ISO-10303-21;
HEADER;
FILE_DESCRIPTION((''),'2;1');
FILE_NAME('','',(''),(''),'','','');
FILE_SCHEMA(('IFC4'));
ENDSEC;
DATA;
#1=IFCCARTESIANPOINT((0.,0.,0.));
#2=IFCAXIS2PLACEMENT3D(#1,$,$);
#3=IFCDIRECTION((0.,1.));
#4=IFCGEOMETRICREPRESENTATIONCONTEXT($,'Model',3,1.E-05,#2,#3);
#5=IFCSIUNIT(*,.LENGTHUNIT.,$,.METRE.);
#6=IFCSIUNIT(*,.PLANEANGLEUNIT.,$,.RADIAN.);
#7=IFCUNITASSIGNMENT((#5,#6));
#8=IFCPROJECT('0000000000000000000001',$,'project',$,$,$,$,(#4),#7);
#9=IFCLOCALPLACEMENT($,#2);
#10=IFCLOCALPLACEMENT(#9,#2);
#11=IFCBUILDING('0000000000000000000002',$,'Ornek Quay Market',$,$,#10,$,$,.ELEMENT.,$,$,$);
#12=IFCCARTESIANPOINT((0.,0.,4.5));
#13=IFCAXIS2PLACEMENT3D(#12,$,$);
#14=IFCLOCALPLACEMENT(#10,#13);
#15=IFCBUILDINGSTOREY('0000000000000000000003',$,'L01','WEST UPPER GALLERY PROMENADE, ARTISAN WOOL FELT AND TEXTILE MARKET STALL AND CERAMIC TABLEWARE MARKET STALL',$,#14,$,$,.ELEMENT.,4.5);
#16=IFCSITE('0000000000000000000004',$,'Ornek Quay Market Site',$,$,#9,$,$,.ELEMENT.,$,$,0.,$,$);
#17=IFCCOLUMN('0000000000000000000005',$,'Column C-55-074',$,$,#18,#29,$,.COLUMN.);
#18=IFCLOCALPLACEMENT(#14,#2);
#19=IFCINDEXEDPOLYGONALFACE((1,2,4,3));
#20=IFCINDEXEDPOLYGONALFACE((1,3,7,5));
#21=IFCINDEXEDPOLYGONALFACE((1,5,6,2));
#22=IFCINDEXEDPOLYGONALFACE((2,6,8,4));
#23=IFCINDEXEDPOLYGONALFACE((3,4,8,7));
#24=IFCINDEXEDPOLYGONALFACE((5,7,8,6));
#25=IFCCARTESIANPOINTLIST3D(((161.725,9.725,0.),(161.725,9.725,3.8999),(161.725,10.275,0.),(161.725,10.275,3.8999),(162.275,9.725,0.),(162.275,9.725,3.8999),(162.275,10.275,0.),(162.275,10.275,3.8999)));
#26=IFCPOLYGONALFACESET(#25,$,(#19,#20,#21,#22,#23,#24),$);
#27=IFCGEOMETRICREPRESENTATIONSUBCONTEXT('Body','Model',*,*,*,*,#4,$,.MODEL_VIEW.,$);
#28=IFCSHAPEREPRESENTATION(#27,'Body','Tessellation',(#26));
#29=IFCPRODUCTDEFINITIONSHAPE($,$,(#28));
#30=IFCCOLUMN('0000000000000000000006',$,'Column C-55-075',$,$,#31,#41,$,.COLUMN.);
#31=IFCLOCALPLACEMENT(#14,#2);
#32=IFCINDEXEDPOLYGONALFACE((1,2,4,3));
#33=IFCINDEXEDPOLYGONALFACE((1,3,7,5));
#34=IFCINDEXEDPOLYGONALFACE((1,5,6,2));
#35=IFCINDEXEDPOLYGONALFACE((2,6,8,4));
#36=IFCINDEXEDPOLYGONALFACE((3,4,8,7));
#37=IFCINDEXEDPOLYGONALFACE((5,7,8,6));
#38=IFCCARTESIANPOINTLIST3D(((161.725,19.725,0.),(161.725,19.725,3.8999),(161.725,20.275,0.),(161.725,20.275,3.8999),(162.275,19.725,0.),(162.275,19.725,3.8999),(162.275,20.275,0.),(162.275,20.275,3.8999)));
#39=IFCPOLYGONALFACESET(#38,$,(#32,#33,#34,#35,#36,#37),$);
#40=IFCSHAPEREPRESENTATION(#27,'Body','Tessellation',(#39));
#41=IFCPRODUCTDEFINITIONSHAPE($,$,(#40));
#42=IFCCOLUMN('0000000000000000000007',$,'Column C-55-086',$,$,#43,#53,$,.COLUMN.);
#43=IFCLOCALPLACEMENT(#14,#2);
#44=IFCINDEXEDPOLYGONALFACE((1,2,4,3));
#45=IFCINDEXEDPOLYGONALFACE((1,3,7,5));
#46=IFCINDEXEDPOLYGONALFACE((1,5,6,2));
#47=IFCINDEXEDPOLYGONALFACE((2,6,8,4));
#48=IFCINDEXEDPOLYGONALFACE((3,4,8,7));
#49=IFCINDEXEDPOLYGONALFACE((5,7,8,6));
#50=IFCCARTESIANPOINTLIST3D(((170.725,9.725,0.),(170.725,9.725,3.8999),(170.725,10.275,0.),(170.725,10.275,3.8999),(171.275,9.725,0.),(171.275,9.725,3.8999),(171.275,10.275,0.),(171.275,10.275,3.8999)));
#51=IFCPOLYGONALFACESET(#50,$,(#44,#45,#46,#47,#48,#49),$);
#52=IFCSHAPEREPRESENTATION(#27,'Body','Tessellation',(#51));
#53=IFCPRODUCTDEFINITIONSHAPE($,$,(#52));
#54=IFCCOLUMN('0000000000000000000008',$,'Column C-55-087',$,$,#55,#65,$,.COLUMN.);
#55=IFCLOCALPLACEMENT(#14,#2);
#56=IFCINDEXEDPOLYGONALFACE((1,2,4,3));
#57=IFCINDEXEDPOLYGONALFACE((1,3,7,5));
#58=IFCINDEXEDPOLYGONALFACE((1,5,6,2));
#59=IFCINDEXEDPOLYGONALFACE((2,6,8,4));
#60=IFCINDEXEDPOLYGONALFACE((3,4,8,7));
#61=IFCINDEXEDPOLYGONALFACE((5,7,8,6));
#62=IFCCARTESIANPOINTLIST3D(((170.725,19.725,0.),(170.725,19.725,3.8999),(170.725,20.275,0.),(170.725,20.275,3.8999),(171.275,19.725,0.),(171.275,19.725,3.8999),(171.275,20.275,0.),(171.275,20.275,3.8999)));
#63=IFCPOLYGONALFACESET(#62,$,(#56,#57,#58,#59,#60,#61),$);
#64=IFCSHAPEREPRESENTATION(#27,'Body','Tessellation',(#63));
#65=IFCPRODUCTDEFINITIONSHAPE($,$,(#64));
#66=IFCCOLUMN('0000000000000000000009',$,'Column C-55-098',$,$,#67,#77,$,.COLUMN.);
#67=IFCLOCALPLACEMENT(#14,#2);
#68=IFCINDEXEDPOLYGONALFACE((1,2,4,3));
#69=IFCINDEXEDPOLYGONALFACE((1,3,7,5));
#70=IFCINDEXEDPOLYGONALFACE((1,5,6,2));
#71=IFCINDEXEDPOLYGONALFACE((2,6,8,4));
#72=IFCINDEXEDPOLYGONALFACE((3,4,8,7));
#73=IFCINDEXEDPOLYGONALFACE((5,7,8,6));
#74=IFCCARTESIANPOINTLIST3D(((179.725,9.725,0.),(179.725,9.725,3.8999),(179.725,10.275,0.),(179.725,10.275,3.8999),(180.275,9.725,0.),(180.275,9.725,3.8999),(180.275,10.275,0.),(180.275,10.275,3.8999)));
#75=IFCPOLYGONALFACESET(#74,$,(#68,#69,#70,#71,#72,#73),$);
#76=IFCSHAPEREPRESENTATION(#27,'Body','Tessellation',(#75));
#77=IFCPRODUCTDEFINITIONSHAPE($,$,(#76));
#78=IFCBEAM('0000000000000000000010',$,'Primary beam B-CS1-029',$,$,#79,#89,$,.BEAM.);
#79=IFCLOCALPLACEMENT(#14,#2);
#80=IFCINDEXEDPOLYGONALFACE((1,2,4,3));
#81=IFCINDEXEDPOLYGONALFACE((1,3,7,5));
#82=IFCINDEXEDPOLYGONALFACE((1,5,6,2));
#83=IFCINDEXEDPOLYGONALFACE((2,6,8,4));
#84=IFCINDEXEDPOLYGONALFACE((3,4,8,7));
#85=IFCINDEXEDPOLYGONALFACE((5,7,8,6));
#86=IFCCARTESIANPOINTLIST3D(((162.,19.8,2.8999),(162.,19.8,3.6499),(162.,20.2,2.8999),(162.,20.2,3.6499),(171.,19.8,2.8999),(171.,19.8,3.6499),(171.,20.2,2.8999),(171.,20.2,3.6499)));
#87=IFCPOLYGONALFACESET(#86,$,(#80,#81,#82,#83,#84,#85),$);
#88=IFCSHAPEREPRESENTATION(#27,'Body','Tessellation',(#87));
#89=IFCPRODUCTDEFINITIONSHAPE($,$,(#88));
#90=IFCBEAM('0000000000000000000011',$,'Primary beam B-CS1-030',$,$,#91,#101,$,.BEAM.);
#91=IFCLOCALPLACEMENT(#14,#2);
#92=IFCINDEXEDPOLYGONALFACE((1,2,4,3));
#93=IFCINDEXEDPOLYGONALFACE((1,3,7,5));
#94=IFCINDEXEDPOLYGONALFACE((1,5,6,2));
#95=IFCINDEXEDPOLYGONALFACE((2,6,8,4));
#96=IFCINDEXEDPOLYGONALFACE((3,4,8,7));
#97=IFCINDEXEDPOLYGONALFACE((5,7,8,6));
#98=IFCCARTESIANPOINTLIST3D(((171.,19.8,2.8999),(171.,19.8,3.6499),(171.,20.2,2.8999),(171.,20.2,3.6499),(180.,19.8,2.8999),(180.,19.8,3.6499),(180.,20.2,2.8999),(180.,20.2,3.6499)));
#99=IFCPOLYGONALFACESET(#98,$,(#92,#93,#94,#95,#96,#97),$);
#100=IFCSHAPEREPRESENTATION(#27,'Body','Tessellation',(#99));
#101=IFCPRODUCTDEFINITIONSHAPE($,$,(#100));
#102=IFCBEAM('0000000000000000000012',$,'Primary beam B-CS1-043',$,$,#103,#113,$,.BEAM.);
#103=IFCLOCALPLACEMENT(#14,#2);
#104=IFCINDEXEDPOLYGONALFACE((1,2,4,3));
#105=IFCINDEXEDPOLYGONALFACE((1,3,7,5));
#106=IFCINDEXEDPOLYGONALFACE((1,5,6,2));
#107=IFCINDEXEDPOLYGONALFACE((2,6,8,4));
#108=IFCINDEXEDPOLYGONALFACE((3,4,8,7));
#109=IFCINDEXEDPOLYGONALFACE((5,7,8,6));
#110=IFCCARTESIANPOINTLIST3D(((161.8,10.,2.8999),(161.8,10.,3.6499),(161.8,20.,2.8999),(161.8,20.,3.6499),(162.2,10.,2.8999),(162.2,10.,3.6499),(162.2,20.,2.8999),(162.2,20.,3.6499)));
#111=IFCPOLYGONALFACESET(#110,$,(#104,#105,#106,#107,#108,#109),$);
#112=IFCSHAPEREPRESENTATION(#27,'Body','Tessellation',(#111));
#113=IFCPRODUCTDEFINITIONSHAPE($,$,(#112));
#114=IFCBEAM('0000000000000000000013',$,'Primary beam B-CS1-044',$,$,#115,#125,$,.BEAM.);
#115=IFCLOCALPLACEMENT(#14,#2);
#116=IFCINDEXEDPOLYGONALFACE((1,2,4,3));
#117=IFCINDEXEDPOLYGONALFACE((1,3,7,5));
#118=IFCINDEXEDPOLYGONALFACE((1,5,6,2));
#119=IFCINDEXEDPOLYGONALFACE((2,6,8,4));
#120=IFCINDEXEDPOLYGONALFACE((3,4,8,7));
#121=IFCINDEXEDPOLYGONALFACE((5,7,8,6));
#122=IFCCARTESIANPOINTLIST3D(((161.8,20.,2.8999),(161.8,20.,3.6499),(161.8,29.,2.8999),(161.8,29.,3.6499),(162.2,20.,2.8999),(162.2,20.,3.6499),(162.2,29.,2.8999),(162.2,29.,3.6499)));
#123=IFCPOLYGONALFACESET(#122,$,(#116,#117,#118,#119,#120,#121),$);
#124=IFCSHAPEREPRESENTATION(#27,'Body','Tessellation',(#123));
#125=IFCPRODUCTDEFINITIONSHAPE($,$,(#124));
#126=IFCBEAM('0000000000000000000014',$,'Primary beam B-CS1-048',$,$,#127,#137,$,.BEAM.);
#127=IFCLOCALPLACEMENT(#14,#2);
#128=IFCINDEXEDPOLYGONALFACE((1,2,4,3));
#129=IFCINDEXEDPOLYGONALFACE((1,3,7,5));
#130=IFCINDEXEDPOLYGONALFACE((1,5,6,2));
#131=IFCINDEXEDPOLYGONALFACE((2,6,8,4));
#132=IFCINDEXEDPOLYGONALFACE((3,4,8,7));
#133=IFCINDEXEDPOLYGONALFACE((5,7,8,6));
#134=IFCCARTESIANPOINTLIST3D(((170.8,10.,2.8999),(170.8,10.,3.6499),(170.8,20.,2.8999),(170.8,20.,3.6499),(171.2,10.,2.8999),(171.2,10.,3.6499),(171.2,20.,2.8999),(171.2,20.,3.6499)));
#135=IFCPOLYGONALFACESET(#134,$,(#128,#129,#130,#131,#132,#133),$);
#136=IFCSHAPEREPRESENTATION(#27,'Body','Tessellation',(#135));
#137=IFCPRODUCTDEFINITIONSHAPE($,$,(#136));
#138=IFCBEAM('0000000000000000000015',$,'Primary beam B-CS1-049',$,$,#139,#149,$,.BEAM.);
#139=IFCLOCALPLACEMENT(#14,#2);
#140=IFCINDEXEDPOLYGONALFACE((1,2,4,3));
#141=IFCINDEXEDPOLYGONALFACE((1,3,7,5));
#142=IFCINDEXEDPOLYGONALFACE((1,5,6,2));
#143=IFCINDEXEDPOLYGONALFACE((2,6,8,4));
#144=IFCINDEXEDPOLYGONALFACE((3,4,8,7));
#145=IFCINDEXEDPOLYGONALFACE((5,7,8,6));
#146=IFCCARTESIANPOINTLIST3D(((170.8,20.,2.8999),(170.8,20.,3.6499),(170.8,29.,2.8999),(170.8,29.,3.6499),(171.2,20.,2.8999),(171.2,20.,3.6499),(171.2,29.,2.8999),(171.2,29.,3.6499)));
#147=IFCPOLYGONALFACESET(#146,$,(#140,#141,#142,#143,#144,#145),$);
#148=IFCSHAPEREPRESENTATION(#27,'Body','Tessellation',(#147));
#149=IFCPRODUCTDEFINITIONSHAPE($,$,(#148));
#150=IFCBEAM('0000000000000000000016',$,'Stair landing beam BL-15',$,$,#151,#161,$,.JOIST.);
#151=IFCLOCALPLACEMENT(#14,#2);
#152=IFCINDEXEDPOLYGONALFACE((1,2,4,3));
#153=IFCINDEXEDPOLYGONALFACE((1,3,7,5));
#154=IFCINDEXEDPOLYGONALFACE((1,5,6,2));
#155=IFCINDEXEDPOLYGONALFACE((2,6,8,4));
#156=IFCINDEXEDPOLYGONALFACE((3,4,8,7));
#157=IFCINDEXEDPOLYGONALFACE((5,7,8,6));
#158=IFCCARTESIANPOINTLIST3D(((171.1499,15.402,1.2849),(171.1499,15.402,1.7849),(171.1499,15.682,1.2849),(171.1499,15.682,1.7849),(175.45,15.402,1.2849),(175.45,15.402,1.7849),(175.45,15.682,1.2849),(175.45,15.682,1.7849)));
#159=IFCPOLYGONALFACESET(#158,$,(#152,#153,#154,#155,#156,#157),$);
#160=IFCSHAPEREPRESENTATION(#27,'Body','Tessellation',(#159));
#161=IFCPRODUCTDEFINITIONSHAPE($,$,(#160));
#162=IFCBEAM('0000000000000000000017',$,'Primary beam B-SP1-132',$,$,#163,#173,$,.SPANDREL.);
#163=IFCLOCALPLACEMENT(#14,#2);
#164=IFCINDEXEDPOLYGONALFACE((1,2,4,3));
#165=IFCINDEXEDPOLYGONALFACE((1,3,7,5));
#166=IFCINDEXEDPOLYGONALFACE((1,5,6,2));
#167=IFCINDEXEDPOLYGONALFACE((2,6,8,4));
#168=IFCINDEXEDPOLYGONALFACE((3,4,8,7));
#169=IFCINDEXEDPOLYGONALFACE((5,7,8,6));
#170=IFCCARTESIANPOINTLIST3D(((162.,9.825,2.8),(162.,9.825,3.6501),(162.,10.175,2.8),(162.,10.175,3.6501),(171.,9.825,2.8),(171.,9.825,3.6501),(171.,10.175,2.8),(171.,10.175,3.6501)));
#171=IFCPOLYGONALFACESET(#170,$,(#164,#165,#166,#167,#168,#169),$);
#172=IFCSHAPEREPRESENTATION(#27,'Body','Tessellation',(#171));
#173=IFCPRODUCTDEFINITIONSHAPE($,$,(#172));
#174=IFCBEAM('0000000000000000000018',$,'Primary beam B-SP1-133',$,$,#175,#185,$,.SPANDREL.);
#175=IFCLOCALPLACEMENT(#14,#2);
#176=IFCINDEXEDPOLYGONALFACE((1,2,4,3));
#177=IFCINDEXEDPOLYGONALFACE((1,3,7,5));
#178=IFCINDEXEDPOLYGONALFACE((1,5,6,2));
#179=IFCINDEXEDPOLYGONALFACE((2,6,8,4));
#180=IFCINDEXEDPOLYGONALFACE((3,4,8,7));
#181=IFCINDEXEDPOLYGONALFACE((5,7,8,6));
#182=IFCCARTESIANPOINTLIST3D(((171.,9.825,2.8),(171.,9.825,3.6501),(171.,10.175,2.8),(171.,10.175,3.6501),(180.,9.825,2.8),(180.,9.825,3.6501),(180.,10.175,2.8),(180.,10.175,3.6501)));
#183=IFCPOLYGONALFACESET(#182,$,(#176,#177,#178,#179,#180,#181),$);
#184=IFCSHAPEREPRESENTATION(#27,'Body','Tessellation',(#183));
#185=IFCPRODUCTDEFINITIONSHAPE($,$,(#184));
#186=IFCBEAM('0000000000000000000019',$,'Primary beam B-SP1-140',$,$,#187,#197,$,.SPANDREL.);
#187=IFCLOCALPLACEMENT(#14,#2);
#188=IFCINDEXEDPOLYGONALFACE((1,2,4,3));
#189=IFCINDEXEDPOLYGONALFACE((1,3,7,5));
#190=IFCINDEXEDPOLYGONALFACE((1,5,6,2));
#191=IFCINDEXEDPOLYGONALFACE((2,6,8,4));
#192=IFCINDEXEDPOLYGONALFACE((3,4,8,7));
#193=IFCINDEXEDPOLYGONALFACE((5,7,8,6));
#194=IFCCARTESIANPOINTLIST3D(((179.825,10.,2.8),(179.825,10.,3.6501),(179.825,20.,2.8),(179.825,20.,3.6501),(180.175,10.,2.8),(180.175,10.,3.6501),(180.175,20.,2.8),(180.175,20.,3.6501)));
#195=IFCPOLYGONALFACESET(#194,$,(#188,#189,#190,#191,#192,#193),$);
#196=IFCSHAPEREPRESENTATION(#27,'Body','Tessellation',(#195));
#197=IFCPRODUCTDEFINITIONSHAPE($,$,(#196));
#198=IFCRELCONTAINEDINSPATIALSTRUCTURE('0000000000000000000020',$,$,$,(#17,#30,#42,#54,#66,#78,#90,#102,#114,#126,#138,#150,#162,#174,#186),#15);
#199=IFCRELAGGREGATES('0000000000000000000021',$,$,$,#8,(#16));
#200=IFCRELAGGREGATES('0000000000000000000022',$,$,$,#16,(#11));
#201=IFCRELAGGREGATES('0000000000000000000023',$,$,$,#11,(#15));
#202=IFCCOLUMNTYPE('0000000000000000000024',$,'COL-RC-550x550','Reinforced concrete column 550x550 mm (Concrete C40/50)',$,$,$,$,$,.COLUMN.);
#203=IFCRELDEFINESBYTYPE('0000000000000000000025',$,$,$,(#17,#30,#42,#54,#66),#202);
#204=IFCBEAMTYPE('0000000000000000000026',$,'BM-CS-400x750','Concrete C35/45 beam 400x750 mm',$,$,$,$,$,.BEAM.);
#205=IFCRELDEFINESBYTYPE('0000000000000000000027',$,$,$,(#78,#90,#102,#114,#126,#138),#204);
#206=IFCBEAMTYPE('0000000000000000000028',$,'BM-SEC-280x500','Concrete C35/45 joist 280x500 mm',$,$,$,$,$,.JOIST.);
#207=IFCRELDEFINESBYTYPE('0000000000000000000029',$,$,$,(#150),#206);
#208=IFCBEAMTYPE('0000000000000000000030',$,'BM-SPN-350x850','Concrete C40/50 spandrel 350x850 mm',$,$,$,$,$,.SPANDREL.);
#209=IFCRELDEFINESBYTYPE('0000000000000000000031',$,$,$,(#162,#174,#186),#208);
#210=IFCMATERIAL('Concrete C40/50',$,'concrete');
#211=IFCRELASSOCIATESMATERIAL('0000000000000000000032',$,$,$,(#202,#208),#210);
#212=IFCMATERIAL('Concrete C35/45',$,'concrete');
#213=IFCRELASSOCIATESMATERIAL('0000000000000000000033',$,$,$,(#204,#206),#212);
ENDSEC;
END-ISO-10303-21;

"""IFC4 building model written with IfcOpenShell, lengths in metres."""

from ifc_helpers import new_model, si_unit, direction, frame, origin, origin_2d, place, context, subcontext, project, spatial, rectangle, extrude, material, material_profile, profile_set, type_object, element, save


model = new_model("IFC4")

# Units and contexts
model_context = context("Model", 3, precision=1e-05, world=origin(), true_north=direction((0.0, 1.0)))
body_context = subcontext(model_context, "Body", "Model", "MODEL_VIEW")
ifc_project = project(units=[si_unit("LENGTHUNIT", "METRE"), si_unit("PLANEANGLEUNIT", "RADIAN")], contexts=[model_context])

# Site, building, storey
site_placement = place(None, origin())
site = spatial("IfcSite", under=ifc_project, at=site_placement, Name="Ornek Quay Market Site", CompositionType="ELEMENT", RefElevation=0.0)
building_placement = place(site_placement, origin())
building = spatial("IfcBuilding", under=site, at=building_placement, Name="Ornek Quay Market", CompositionType="ELEMENT")
storey_placement = place(building_placement, frame((0.0, 0.0, 4.5)))
storey = spatial("IfcBuildingStorey", under=building, at=storey_placement, Name="L01", Description="WEST UPPER GALLERY PROMENADE, ARTISAN WOOL FELT AND TEXTILE MARKET STALL AND CERAMIC TABLEWARE MARKET STALL", CompositionType="ELEMENT", Elevation=4.5)

# Columns
ifc_material_1 = material(Name="Concrete C40/50", Category="concrete")
ifc_material_profile_1 = material_profile(ifc_material_1, rectangle(XDim=0.55, YDim=0.55, at=origin_2d()), Name="RC 550x550", Category="concrete")
ifc_profile_set_1 = profile_set([ifc_material_profile_1], Name="Concrete C40/50")
column_type = type_object("IfcColumnType", Name="COL-RC-550x550", Description="Reinforced concrete column 550x550 mm (Concrete C40/50)", PredefinedType="COLUMN", material=ifc_profile_set_1)
for number, where, z_axis, x_axis, name in (
    (1, (162.0, 10.0, 0.0), (0.0, 0.0, 1.0), (1.0, 0.0, 0.0), "Column C-55-074"),
    (2, (162.0, 20.0, 0.0), (0.0, 0.0, 1.0), (1.0, 0.0, 0.0), "Column C-55-075"),
    (3, (171.0, 10.0, 0.0), (0.0, 0.0, 1.0), (1.0, 0.0, 0.0), "Column C-55-086"),
    (4, (171.0, 20.0, 0.0), (0.0, 0.0, 1.0), (1.0, 0.0, 0.0), "Column C-55-087"),
    (5, (180.0, 10.0, 0.0), (0.0, 0.0, 1.0), (1.0, 0.0, 0.0), "Column C-55-098"),
):
    element("IfcColumn", number, at=place(storey_placement, frame(where, z_axis=z_axis, x_axis=x_axis)), inside=storey, type_object=column_type, Name=name, PredefinedType="COLUMN", context=body_context, shape_type="SweptSolid", body=[
        extrude(rectangle(XDim=0.55, YDim=0.55, at=origin_2d()), origin(), (0.0, 0.0, 1.0), 3.8999),
    ])

# Beams
ifc_material_2 = material(Name="Concrete C35/45", Category="concrete")
ifc_material_profile_2 = material_profile(ifc_material_2, rectangle(XDim=0.3999, YDim=0.75, at=origin_2d()), Name="RC 400x750", Category="concrete")
ifc_profile_set_2 = profile_set([ifc_material_profile_2], Name="Concrete C35/45")
beam_type_1 = type_object("IfcBeamType", Name="BM-CS-400x750", Description="Concrete C35/45 beam 400x750 mm", PredefinedType="BEAM", material=ifc_profile_set_2)
for number, where, z_axis, x_axis, name in (
    (6, (162.0, 20.0, 3.2749), (1.0, 0.0, 0.0), (0.0, 1.0, 0.0), "Primary beam B-CS1-029"),
    (7, (171.0, 20.0, 3.2749), (1.0, 0.0, 0.0), (0.0, 1.0, 0.0), "Primary beam B-CS1-030"),
):
    element("IfcBeam", number, at=place(storey_placement, frame(where, z_axis=z_axis, x_axis=x_axis)), inside=storey, type_object=beam_type_1, Name=name, PredefinedType="BEAM", context=body_context, shape_type="SweptSolid", body=[
        extrude(rectangle(XDim=0.3999, YDim=0.75, at=origin_2d()), origin(), (0.0, 0.0, 1.0), 9.0),
    ])
beam_1_placement = place(storey_placement, frame((162.0, 10.0, 3.2749), z_axis=(0.0, 1.0, 0.0), x_axis=(-1.0, 0.0, 0.0)))
element("IfcBeam", 8, at=beam_1_placement, inside=storey, type_object=beam_type_1, Name="Primary beam B-CS1-043", PredefinedType="BEAM", context=body_context, shape_type="SweptSolid", body=[
    extrude(rectangle(XDim=0.3999, YDim=0.75, at=origin_2d()), origin(), (0.0, 0.0, 1.0), 10.0),
])
beam_2_placement = place(storey_placement, frame((162.0, 20.0, 3.2749), z_axis=(0.0, 1.0, 0.0), x_axis=(-1.0, 0.0, 0.0)))
element("IfcBeam", 9, at=beam_2_placement, inside=storey, type_object=beam_type_1, Name="Primary beam B-CS1-044", PredefinedType="BEAM", context=body_context, shape_type="SweptSolid", body=[
    extrude(rectangle(XDim=0.3999, YDim=0.75, at=origin_2d()), origin(), (0.0, 0.0, 1.0), 9.0),
])
beam_3_placement = place(storey_placement, frame((171.0, 10.0, 3.2749), z_axis=(0.0, 1.0, 0.0), x_axis=(-1.0, 0.0, 0.0)))
element("IfcBeam", 10, at=beam_3_placement, inside=storey, type_object=beam_type_1, Name="Primary beam B-CS1-048", PredefinedType="BEAM", context=body_context, shape_type="SweptSolid", body=[
    extrude(rectangle(XDim=0.3999, YDim=0.75, at=origin_2d()), origin(), (0.0, 0.0, 1.0), 10.0),
])
beam_4_placement = place(storey_placement, frame((171.0, 20.0, 3.2749), z_axis=(0.0, 1.0, 0.0), x_axis=(-1.0, 0.0, 0.0)))
element("IfcBeam", 11, at=beam_4_placement, inside=storey, type_object=beam_type_1, Name="Primary beam B-CS1-049", PredefinedType="BEAM", context=body_context, shape_type="SweptSolid", body=[
    extrude(rectangle(XDim=0.3999, YDim=0.75, at=origin_2d()), origin(), (0.0, 0.0, 1.0), 9.0),
])
ifc_material_profile_3 = material_profile(ifc_material_2, rectangle(XDim=0.28, YDim=0.5, at=origin_2d()), Name="RC 280x500", Category="concrete")
ifc_profile_set_3 = profile_set([ifc_material_profile_3], Name="Concrete C35/45")
beam_type_2 = type_object("IfcBeamType", Name="BM-SEC-280x500", Description="Concrete C35/45 joist 280x500 mm", PredefinedType="JOIST", material=ifc_profile_set_3)
beam_5_placement = place(storey_placement, frame((171.1499, 15.542, 1.5349), z_axis=(1.0, 0.0, 0.0), x_axis=(0.0, 1.0, 0.0)))
element("IfcBeam", 12, at=beam_5_placement, inside=storey, type_object=beam_type_2, Name="Stair landing beam BL-15", PredefinedType="JOIST", context=body_context, shape_type="SweptSolid", body=[
    extrude(rectangle(XDim=0.28, YDim=0.5, at=origin_2d()), origin(), (0.0, 0.0, 1.0), 4.3),
])
ifc_material_profile_4 = material_profile(ifc_material_1, rectangle(XDim=0.3501, YDim=0.8501, at=origin_2d()), Name="RC 350x850", Category="concrete")
ifc_profile_set_4 = profile_set([ifc_material_profile_4], Name="Concrete C40/50")
beam_type_3 = type_object("IfcBeamType", Name="BM-SPN-350x850", Description="Concrete C40/50 spandrel 350x850 mm", PredefinedType="SPANDREL", material=ifc_profile_set_4)
for number, where, z_axis, x_axis, name in (
    (13, (162.0, 10.0, 3.2251), (1.0, 0.0, 0.0), (0.0, 1.0, 0.0), "Primary beam B-SP1-132"),
    (14, (171.0, 10.0, 3.2251), (1.0, 0.0, 0.0), (0.0, 1.0, 0.0), "Primary beam B-SP1-133"),
):
    element("IfcBeam", number, at=place(storey_placement, frame(where, z_axis=z_axis, x_axis=x_axis)), inside=storey, type_object=beam_type_3, Name=name, PredefinedType="SPANDREL", context=body_context, shape_type="SweptSolid", body=[
        extrude(rectangle(XDim=0.3501, YDim=0.8501, at=origin_2d()), origin(), (0.0, 0.0, 1.0), 9.0),
    ])
beam_6_placement = place(storey_placement, frame((180.0, 10.0, 3.2251), z_axis=(0.0, 1.0, 0.0), x_axis=(-1.0, 0.0, 0.0)))
element("IfcBeam", 15, at=beam_6_placement, inside=storey, type_object=beam_type_3, Name="Primary beam B-SP1-140", PredefinedType="SPANDREL", context=body_context, shape_type="SweptSolid", body=[
    extrude(rectangle(XDim=0.3501, YDim=0.8501, at=origin_2d()), origin(), (0.0, 0.0, 1.0), 10.0),
])

save(model, "model.ifc")
